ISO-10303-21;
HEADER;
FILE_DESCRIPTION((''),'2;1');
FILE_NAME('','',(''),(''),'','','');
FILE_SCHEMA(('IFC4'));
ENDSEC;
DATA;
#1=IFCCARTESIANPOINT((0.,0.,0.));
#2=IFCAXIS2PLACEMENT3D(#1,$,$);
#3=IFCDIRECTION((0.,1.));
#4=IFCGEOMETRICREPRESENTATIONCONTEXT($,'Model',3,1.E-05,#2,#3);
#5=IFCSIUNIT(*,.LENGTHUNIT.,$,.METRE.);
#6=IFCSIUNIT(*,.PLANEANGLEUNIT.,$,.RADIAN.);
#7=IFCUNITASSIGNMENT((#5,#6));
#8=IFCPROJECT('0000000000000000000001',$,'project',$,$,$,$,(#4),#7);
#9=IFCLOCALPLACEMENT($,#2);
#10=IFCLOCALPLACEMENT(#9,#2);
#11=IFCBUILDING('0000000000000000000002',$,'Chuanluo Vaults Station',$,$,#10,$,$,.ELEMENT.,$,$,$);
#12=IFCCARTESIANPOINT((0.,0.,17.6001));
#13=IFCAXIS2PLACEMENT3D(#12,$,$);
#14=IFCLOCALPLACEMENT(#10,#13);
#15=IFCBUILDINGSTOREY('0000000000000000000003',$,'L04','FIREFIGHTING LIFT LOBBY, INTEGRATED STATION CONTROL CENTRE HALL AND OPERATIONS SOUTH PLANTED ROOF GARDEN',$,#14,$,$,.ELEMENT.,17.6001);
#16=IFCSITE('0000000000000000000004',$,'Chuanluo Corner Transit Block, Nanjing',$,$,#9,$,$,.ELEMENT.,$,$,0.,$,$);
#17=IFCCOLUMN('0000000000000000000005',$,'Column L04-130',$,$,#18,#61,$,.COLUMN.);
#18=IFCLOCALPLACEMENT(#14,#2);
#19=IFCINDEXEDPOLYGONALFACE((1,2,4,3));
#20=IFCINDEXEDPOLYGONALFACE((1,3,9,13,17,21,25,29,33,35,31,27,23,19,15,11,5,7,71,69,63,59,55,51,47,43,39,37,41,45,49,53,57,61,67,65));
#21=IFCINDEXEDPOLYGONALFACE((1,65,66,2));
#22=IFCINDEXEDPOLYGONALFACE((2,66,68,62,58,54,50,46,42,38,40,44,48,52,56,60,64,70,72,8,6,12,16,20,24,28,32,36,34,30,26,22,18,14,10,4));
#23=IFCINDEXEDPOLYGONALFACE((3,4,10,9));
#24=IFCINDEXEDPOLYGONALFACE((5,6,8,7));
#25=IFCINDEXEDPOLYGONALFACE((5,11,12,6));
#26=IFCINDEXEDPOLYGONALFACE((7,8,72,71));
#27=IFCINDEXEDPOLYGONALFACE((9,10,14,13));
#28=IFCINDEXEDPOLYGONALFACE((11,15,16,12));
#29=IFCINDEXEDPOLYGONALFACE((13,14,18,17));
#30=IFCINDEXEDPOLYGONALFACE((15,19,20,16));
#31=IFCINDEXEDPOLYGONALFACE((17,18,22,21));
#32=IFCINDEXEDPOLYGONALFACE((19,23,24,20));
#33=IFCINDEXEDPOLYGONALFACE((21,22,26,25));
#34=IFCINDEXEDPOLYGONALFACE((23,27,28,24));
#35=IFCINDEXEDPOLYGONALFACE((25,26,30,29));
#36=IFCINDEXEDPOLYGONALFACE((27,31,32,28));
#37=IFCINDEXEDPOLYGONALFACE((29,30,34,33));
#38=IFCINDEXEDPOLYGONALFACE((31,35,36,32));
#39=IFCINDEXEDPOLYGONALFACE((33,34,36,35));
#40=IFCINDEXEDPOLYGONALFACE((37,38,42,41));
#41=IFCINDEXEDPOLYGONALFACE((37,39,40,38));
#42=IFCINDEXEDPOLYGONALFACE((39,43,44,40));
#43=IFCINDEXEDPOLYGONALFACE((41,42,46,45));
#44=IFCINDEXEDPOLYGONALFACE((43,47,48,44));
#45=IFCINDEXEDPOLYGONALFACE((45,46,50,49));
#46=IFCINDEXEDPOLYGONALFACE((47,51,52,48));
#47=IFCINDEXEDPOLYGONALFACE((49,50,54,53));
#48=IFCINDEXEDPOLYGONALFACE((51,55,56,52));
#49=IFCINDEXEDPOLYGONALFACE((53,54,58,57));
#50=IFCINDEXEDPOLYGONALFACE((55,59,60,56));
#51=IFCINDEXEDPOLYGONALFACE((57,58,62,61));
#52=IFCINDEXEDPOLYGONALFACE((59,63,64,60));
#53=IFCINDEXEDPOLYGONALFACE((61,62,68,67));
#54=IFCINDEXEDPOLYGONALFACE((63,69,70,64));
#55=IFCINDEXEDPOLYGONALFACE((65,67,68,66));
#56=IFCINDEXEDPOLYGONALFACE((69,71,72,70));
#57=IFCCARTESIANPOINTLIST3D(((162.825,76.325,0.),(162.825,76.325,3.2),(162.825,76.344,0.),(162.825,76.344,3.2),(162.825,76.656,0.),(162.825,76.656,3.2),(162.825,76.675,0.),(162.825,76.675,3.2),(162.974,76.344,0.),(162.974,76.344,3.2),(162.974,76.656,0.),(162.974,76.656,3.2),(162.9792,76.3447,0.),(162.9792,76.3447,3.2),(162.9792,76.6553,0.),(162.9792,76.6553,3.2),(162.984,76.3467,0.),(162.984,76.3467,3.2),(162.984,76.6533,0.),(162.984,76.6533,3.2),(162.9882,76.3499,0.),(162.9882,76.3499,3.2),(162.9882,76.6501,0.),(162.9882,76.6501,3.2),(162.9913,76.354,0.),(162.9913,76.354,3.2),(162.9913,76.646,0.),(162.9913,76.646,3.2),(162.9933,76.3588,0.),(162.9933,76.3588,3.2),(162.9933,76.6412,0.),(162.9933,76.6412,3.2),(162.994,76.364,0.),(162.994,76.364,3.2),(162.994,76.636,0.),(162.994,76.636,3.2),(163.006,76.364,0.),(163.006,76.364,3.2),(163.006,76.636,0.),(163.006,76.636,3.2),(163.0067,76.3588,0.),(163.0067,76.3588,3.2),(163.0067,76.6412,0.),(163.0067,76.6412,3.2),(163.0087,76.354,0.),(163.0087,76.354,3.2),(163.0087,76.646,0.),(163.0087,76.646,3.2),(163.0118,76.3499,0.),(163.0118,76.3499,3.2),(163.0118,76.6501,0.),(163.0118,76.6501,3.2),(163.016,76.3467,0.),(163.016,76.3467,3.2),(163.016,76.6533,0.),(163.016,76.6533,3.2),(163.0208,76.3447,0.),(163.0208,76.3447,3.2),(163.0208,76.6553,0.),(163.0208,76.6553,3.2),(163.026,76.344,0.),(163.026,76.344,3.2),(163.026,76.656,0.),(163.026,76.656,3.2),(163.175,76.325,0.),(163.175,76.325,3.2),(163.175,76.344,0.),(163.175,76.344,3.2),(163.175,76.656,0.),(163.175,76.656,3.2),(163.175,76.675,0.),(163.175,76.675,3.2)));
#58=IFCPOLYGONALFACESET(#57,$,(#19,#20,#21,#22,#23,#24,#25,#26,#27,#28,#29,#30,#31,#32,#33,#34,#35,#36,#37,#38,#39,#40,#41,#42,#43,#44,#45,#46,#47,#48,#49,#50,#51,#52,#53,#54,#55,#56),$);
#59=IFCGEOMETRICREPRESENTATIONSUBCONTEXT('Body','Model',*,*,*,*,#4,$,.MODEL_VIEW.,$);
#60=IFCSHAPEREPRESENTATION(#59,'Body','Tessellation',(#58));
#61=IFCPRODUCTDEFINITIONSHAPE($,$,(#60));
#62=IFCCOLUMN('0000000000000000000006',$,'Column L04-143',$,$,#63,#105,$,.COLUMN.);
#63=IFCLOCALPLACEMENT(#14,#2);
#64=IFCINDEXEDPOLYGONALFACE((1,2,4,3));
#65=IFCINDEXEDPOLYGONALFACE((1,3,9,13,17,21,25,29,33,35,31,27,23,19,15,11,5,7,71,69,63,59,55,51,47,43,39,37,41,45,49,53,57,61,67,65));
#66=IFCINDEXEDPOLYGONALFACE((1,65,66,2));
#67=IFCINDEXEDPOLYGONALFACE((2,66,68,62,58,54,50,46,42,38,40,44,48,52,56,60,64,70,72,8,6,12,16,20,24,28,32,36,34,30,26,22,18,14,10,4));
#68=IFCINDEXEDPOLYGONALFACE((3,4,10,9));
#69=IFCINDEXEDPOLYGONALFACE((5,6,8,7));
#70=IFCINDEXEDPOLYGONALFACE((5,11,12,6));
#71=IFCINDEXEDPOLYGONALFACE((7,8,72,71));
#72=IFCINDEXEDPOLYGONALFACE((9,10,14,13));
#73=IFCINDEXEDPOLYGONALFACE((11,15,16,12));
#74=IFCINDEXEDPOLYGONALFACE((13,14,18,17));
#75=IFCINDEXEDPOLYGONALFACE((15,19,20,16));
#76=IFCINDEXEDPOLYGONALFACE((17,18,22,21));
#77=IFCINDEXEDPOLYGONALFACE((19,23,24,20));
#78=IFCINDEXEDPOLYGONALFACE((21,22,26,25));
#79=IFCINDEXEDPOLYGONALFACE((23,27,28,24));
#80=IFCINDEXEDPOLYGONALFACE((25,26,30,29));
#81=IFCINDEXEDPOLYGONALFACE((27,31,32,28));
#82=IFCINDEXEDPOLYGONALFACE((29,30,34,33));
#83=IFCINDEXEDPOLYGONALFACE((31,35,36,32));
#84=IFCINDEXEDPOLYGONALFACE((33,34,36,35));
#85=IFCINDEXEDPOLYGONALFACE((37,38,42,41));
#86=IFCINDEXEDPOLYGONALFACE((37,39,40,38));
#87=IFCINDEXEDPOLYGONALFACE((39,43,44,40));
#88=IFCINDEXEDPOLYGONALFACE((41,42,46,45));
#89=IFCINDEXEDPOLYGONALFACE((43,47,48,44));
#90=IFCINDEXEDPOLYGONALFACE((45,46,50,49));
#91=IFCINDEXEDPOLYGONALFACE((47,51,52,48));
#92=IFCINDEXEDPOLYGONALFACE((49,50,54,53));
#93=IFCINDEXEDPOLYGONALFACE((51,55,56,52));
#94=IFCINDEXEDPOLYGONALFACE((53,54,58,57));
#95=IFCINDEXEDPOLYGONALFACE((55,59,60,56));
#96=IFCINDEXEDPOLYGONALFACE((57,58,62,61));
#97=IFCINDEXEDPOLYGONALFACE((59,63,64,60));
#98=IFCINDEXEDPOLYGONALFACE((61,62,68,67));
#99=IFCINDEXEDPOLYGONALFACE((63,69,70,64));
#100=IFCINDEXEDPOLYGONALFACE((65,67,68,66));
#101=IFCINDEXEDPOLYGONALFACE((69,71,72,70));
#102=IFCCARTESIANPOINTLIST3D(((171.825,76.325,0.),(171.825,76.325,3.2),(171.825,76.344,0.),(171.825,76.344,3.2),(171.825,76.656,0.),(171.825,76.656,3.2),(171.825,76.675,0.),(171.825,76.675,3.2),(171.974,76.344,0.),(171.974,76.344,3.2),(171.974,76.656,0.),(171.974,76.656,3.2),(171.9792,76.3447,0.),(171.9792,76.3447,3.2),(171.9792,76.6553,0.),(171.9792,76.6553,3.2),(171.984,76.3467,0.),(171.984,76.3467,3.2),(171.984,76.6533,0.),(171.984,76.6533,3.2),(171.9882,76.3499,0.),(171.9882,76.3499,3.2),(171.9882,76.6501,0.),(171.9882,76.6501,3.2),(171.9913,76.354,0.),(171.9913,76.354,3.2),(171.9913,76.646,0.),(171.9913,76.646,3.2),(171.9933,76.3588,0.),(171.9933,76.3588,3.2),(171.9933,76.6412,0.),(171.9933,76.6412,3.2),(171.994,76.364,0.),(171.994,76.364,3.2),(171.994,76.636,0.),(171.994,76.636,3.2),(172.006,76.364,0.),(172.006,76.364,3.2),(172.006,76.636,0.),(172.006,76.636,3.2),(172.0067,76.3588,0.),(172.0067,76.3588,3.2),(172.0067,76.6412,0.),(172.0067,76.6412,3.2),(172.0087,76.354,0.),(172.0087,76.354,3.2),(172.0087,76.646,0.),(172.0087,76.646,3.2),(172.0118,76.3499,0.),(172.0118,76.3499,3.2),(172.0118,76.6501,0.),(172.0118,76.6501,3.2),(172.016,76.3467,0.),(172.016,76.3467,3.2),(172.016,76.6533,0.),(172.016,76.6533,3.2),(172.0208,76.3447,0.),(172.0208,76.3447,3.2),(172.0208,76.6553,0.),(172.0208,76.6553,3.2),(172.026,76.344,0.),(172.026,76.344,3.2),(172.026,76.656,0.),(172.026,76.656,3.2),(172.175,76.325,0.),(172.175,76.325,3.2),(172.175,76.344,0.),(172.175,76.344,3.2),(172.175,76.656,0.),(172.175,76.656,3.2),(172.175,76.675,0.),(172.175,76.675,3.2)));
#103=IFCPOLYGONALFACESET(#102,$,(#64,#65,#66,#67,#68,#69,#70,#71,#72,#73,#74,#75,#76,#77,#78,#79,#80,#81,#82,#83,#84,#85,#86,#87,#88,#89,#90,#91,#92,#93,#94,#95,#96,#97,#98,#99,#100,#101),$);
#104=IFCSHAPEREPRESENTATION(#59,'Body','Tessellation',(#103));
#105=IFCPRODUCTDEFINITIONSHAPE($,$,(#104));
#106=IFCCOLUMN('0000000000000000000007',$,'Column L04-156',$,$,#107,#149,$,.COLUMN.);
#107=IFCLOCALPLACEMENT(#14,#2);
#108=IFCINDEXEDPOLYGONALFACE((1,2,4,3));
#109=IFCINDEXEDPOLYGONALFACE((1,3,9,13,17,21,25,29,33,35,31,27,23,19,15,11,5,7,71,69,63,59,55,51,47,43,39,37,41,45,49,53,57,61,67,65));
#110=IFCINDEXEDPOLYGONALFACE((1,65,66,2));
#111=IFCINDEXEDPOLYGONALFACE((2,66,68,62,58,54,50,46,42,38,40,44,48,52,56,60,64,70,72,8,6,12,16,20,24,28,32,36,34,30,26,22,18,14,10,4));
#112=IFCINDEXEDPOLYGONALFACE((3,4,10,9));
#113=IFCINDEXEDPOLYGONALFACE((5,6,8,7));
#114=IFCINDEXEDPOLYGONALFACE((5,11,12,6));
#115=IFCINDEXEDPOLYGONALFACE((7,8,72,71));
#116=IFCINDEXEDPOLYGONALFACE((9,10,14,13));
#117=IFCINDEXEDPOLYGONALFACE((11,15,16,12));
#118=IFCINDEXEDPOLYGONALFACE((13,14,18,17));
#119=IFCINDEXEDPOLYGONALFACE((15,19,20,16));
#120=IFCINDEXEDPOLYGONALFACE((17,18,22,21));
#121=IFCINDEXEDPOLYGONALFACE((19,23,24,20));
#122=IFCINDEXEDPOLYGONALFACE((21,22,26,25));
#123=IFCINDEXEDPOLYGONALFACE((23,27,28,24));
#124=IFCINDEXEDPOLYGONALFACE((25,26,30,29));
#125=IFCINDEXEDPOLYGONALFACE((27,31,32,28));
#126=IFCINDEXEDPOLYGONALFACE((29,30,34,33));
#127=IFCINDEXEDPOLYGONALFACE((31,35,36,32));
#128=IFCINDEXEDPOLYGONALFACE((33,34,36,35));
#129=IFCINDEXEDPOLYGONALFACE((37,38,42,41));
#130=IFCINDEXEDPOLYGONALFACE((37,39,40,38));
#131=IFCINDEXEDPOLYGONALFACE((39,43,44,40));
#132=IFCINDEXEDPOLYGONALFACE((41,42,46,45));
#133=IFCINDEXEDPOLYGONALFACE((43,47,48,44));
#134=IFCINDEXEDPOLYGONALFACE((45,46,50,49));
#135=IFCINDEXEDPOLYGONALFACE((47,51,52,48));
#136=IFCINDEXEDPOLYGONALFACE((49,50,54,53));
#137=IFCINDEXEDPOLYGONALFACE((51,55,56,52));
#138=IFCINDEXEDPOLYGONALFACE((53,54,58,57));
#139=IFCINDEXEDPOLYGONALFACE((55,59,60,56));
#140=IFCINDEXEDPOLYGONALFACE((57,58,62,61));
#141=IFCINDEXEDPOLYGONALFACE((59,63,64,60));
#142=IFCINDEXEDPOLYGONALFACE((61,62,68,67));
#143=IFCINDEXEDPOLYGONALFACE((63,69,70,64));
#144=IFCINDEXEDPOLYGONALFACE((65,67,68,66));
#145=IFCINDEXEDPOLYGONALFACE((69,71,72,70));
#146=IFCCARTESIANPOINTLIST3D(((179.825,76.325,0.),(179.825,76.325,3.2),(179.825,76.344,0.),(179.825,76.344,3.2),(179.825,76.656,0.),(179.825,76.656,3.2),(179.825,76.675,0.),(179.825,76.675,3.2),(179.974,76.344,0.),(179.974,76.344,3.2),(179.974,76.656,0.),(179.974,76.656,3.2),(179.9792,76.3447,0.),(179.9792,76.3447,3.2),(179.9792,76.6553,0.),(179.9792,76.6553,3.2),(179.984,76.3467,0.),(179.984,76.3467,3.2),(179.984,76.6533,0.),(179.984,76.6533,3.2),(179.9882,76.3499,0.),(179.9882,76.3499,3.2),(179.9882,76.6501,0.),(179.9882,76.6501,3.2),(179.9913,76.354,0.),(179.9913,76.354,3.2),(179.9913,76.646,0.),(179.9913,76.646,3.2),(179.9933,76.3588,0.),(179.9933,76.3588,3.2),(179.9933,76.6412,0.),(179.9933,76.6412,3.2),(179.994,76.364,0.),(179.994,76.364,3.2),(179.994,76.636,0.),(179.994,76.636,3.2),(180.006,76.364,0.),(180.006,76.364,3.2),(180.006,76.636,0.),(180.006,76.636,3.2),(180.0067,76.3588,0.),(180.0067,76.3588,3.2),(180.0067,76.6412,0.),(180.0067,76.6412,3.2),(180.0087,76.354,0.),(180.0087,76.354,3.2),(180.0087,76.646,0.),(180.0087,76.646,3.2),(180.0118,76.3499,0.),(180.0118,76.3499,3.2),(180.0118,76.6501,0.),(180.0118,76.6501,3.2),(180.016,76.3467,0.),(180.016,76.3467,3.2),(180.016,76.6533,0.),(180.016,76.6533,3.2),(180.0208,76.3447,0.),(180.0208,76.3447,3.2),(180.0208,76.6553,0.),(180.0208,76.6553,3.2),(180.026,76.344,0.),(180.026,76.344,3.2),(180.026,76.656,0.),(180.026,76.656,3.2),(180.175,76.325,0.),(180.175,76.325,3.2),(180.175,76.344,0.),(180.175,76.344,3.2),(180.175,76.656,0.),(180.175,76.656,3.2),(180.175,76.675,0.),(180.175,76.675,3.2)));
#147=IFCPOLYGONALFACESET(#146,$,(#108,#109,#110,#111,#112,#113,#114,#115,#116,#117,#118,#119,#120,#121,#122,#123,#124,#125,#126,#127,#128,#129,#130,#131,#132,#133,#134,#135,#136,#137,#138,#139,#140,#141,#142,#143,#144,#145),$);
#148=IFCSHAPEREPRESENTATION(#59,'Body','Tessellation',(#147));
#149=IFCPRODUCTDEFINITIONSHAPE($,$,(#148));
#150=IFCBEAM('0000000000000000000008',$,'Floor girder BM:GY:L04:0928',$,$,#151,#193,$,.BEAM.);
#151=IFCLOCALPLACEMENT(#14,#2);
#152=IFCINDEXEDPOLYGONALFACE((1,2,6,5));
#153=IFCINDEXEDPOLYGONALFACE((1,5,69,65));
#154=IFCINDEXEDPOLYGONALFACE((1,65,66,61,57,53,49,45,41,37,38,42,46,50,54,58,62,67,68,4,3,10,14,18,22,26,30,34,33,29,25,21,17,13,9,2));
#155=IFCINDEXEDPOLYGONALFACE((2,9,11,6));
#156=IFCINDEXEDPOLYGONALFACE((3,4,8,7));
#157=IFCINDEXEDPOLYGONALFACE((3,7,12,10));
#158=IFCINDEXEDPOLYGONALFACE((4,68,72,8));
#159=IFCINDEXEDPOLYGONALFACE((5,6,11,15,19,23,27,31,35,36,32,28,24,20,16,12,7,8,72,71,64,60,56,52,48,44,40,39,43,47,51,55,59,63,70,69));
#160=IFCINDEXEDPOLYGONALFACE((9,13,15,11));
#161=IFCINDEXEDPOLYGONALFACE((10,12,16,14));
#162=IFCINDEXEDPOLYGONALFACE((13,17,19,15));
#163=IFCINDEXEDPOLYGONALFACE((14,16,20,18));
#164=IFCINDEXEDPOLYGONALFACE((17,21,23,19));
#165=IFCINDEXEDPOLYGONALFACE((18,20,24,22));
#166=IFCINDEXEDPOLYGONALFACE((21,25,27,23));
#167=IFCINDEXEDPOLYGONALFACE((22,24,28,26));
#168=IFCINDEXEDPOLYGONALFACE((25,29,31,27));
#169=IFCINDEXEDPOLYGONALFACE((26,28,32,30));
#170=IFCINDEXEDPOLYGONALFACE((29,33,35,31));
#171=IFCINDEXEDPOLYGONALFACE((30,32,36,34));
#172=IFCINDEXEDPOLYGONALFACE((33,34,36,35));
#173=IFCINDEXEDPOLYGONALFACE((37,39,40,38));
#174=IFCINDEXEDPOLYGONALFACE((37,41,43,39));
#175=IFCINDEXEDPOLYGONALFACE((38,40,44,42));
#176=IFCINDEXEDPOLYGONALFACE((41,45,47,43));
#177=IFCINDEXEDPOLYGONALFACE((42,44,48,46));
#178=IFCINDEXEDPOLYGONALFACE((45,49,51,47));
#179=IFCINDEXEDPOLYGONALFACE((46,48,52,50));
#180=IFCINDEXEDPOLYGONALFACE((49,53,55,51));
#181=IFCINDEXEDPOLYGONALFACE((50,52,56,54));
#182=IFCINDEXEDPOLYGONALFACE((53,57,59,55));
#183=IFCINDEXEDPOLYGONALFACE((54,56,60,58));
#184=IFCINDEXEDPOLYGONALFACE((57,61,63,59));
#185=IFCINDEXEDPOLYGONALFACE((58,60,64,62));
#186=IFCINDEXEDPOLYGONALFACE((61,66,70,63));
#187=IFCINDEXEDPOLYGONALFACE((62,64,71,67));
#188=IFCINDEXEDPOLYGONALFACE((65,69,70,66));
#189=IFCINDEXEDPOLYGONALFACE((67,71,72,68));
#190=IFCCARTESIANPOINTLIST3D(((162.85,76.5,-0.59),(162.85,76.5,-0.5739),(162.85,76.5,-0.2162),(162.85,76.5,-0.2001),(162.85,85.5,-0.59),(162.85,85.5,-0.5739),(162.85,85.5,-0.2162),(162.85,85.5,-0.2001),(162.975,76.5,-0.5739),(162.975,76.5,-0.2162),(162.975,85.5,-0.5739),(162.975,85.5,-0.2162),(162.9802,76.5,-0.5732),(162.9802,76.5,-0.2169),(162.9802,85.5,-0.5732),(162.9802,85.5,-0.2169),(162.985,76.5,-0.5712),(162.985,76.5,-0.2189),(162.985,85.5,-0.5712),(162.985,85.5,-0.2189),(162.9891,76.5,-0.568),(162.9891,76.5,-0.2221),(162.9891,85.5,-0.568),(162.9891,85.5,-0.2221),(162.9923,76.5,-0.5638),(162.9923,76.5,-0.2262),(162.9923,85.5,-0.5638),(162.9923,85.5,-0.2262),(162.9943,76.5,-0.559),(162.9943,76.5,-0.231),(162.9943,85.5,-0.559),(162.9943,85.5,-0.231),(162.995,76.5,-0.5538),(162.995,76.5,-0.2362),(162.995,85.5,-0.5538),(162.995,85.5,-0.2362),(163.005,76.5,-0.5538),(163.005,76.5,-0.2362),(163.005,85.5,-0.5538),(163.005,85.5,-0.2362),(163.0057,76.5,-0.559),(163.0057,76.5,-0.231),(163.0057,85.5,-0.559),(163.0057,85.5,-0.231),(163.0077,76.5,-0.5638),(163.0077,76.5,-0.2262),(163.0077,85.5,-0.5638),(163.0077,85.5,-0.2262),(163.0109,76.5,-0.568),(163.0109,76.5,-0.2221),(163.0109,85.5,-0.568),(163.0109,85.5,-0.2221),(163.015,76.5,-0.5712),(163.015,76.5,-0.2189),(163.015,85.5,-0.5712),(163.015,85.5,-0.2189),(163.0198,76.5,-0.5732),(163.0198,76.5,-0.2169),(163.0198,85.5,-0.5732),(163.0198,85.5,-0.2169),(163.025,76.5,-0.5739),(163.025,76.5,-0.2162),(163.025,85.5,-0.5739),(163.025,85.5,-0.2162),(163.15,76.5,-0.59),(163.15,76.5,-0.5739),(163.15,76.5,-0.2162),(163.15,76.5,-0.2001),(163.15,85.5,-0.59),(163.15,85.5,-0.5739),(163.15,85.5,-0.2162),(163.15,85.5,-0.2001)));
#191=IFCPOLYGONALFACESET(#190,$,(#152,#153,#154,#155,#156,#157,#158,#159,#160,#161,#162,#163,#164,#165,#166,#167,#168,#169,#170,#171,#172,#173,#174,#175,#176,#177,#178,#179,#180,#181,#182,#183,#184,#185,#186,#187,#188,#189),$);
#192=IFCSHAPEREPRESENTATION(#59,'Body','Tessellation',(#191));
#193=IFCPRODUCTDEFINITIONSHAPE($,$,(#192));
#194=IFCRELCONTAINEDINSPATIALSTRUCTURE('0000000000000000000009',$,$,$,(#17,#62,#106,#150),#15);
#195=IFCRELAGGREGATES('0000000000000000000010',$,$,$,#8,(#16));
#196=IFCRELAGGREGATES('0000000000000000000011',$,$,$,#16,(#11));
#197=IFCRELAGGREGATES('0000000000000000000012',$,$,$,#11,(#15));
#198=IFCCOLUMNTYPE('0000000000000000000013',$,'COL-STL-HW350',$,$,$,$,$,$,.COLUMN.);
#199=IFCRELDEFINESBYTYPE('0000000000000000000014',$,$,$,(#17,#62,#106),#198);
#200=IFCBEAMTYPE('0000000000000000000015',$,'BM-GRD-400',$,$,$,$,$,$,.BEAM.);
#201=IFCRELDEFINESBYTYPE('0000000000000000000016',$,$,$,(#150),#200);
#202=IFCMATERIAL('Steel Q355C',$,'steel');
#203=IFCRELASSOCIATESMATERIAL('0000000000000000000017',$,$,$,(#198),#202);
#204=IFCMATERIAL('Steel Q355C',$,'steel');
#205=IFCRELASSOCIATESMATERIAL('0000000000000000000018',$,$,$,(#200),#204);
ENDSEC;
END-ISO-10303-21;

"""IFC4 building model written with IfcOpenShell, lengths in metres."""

from ifc_helpers import new_model, si_unit, direction, frame, origin, origin_2d, place, context, subcontext, project, spatial, i_section, extrude, material, material_profile, profile_set, type_object, element, save


model = new_model("IFC4")

# Units and contexts
model_context = context("Model", 3, precision=1e-05, world=origin(), true_north=direction((0.0, 1.0)))
body_context = subcontext(model_context, "Body", "Model", "MODEL_VIEW")
ifc_project = project(units=[si_unit("LENGTHUNIT", "METRE"), si_unit("PLANEANGLEUNIT", "RADIAN")], contexts=[model_context])

# Site, building, storey
site_placement = place(None, origin())
site = spatial("IfcSite", under=ifc_project, at=site_placement, Name="Chuanluo Corner Transit Block, Nanjing", CompositionType="ELEMENT", RefElevation=0.0)
building_placement = place(site_placement, origin())
building = spatial("IfcBuilding", under=site, at=building_placement, Name="Chuanluo Vaults Station", CompositionType="ELEMENT")
storey_placement = place(building_placement, frame((0.0, 0.0, 17.6001)))
storey = spatial("IfcBuildingStorey", under=building, at=storey_placement, Name="L04", Description="FIREFIGHTING LIFT LOBBY, INTEGRATED STATION CONTROL CENTRE HALL AND OPERATIONS SOUTH PLANTED ROOF GARDEN", CompositionType="ELEMENT", Elevation=17.6001)

# Columns
ifc_material_1 = material(Name="Steel Q355C", Category="steel")
ifc_material_profile_1 = material_profile(ifc_material_1, i_section(OverallWidth=0.3501, OverallDepth=0.3501, WebThickness=0.012, FlangeThickness=0.019, FilletRadius=0.02, at=origin_2d()))
ifc_profile_set_1 = profile_set([ifc_material_profile_1], Name="Steel Q355C")
column_type = type_object("IfcColumnType", Name="COL-STL-HW350", PredefinedType="COLUMN", material=ifc_profile_set_1)
for number, where, z_axis, x_axis, name in (
    (1, (163.0, 76.5, 0.0), (0.0, 0.0, 1.0), (1.0, 0.0, 0.0), "Column L04-130"),
    (2, (172.0, 76.5, 0.0), (0.0, 0.0, 1.0), (1.0, 0.0, 0.0), "Column L04-143"),
    (3, (180.0, 76.5, 0.0), (0.0, 0.0, 1.0), (1.0, 0.0, 0.0), "Column L04-156"),
):
    element("IfcColumn", number, at=place(storey_placement, frame(where, z_axis=z_axis, x_axis=x_axis)), inside=storey, type_object=column_type, Name=name, PredefinedType="COLUMN", context=body_context, shape_type="SweptSolid", body=[
        extrude(i_section(OverallWidth=0.3501, OverallDepth=0.3501, WebThickness=0.012, FlangeThickness=0.019, FilletRadius=0.02, at=origin_2d()), origin(), (0.0, 0.0, 1.0), 3.2),
    ])

# Beam
ifc_material_2 = material(Name="Steel Q355C", Category="steel")
ifc_material_profile_2 = material_profile(ifc_material_2, i_section(OverallWidth=0.3, OverallDepth=0.3899, WebThickness=0.01, FlangeThickness=0.0161, FilletRadius=0.02, at=origin_2d()))
ifc_profile_set_2 = profile_set([ifc_material_profile_2], Name="Steel Q355C")
beam_type_1 = type_object("IfcBeamType", Name="BM-GRD-400", PredefinedType="BEAM", material=ifc_profile_set_2)
for number, where, z_axis, x_axis, name in (
    (4, (163.0, 76.5, -0.395), (0.0, 1.0, 0.0), (-1.0, 0.0, 0.0), "Floor girder BM:GY:L04:0928"),
):
    element("IfcBeam", number, at=place(storey_placement, frame(where, z_axis=z_axis, x_axis=x_axis)), inside=storey, type_object=beam_type_1, Name=name, PredefinedType="BEAM", context=body_context, shape_type="SweptSolid", body=[
        extrude(i_section(OverallWidth=0.3, OverallDepth=0.3899, WebThickness=0.01, FlangeThickness=0.0161, FilletRadius=0.02, at=origin_2d()), origin(), (0.0, 0.0, 1.0), 9.0),
    ])

save(model, "model.ifc")
